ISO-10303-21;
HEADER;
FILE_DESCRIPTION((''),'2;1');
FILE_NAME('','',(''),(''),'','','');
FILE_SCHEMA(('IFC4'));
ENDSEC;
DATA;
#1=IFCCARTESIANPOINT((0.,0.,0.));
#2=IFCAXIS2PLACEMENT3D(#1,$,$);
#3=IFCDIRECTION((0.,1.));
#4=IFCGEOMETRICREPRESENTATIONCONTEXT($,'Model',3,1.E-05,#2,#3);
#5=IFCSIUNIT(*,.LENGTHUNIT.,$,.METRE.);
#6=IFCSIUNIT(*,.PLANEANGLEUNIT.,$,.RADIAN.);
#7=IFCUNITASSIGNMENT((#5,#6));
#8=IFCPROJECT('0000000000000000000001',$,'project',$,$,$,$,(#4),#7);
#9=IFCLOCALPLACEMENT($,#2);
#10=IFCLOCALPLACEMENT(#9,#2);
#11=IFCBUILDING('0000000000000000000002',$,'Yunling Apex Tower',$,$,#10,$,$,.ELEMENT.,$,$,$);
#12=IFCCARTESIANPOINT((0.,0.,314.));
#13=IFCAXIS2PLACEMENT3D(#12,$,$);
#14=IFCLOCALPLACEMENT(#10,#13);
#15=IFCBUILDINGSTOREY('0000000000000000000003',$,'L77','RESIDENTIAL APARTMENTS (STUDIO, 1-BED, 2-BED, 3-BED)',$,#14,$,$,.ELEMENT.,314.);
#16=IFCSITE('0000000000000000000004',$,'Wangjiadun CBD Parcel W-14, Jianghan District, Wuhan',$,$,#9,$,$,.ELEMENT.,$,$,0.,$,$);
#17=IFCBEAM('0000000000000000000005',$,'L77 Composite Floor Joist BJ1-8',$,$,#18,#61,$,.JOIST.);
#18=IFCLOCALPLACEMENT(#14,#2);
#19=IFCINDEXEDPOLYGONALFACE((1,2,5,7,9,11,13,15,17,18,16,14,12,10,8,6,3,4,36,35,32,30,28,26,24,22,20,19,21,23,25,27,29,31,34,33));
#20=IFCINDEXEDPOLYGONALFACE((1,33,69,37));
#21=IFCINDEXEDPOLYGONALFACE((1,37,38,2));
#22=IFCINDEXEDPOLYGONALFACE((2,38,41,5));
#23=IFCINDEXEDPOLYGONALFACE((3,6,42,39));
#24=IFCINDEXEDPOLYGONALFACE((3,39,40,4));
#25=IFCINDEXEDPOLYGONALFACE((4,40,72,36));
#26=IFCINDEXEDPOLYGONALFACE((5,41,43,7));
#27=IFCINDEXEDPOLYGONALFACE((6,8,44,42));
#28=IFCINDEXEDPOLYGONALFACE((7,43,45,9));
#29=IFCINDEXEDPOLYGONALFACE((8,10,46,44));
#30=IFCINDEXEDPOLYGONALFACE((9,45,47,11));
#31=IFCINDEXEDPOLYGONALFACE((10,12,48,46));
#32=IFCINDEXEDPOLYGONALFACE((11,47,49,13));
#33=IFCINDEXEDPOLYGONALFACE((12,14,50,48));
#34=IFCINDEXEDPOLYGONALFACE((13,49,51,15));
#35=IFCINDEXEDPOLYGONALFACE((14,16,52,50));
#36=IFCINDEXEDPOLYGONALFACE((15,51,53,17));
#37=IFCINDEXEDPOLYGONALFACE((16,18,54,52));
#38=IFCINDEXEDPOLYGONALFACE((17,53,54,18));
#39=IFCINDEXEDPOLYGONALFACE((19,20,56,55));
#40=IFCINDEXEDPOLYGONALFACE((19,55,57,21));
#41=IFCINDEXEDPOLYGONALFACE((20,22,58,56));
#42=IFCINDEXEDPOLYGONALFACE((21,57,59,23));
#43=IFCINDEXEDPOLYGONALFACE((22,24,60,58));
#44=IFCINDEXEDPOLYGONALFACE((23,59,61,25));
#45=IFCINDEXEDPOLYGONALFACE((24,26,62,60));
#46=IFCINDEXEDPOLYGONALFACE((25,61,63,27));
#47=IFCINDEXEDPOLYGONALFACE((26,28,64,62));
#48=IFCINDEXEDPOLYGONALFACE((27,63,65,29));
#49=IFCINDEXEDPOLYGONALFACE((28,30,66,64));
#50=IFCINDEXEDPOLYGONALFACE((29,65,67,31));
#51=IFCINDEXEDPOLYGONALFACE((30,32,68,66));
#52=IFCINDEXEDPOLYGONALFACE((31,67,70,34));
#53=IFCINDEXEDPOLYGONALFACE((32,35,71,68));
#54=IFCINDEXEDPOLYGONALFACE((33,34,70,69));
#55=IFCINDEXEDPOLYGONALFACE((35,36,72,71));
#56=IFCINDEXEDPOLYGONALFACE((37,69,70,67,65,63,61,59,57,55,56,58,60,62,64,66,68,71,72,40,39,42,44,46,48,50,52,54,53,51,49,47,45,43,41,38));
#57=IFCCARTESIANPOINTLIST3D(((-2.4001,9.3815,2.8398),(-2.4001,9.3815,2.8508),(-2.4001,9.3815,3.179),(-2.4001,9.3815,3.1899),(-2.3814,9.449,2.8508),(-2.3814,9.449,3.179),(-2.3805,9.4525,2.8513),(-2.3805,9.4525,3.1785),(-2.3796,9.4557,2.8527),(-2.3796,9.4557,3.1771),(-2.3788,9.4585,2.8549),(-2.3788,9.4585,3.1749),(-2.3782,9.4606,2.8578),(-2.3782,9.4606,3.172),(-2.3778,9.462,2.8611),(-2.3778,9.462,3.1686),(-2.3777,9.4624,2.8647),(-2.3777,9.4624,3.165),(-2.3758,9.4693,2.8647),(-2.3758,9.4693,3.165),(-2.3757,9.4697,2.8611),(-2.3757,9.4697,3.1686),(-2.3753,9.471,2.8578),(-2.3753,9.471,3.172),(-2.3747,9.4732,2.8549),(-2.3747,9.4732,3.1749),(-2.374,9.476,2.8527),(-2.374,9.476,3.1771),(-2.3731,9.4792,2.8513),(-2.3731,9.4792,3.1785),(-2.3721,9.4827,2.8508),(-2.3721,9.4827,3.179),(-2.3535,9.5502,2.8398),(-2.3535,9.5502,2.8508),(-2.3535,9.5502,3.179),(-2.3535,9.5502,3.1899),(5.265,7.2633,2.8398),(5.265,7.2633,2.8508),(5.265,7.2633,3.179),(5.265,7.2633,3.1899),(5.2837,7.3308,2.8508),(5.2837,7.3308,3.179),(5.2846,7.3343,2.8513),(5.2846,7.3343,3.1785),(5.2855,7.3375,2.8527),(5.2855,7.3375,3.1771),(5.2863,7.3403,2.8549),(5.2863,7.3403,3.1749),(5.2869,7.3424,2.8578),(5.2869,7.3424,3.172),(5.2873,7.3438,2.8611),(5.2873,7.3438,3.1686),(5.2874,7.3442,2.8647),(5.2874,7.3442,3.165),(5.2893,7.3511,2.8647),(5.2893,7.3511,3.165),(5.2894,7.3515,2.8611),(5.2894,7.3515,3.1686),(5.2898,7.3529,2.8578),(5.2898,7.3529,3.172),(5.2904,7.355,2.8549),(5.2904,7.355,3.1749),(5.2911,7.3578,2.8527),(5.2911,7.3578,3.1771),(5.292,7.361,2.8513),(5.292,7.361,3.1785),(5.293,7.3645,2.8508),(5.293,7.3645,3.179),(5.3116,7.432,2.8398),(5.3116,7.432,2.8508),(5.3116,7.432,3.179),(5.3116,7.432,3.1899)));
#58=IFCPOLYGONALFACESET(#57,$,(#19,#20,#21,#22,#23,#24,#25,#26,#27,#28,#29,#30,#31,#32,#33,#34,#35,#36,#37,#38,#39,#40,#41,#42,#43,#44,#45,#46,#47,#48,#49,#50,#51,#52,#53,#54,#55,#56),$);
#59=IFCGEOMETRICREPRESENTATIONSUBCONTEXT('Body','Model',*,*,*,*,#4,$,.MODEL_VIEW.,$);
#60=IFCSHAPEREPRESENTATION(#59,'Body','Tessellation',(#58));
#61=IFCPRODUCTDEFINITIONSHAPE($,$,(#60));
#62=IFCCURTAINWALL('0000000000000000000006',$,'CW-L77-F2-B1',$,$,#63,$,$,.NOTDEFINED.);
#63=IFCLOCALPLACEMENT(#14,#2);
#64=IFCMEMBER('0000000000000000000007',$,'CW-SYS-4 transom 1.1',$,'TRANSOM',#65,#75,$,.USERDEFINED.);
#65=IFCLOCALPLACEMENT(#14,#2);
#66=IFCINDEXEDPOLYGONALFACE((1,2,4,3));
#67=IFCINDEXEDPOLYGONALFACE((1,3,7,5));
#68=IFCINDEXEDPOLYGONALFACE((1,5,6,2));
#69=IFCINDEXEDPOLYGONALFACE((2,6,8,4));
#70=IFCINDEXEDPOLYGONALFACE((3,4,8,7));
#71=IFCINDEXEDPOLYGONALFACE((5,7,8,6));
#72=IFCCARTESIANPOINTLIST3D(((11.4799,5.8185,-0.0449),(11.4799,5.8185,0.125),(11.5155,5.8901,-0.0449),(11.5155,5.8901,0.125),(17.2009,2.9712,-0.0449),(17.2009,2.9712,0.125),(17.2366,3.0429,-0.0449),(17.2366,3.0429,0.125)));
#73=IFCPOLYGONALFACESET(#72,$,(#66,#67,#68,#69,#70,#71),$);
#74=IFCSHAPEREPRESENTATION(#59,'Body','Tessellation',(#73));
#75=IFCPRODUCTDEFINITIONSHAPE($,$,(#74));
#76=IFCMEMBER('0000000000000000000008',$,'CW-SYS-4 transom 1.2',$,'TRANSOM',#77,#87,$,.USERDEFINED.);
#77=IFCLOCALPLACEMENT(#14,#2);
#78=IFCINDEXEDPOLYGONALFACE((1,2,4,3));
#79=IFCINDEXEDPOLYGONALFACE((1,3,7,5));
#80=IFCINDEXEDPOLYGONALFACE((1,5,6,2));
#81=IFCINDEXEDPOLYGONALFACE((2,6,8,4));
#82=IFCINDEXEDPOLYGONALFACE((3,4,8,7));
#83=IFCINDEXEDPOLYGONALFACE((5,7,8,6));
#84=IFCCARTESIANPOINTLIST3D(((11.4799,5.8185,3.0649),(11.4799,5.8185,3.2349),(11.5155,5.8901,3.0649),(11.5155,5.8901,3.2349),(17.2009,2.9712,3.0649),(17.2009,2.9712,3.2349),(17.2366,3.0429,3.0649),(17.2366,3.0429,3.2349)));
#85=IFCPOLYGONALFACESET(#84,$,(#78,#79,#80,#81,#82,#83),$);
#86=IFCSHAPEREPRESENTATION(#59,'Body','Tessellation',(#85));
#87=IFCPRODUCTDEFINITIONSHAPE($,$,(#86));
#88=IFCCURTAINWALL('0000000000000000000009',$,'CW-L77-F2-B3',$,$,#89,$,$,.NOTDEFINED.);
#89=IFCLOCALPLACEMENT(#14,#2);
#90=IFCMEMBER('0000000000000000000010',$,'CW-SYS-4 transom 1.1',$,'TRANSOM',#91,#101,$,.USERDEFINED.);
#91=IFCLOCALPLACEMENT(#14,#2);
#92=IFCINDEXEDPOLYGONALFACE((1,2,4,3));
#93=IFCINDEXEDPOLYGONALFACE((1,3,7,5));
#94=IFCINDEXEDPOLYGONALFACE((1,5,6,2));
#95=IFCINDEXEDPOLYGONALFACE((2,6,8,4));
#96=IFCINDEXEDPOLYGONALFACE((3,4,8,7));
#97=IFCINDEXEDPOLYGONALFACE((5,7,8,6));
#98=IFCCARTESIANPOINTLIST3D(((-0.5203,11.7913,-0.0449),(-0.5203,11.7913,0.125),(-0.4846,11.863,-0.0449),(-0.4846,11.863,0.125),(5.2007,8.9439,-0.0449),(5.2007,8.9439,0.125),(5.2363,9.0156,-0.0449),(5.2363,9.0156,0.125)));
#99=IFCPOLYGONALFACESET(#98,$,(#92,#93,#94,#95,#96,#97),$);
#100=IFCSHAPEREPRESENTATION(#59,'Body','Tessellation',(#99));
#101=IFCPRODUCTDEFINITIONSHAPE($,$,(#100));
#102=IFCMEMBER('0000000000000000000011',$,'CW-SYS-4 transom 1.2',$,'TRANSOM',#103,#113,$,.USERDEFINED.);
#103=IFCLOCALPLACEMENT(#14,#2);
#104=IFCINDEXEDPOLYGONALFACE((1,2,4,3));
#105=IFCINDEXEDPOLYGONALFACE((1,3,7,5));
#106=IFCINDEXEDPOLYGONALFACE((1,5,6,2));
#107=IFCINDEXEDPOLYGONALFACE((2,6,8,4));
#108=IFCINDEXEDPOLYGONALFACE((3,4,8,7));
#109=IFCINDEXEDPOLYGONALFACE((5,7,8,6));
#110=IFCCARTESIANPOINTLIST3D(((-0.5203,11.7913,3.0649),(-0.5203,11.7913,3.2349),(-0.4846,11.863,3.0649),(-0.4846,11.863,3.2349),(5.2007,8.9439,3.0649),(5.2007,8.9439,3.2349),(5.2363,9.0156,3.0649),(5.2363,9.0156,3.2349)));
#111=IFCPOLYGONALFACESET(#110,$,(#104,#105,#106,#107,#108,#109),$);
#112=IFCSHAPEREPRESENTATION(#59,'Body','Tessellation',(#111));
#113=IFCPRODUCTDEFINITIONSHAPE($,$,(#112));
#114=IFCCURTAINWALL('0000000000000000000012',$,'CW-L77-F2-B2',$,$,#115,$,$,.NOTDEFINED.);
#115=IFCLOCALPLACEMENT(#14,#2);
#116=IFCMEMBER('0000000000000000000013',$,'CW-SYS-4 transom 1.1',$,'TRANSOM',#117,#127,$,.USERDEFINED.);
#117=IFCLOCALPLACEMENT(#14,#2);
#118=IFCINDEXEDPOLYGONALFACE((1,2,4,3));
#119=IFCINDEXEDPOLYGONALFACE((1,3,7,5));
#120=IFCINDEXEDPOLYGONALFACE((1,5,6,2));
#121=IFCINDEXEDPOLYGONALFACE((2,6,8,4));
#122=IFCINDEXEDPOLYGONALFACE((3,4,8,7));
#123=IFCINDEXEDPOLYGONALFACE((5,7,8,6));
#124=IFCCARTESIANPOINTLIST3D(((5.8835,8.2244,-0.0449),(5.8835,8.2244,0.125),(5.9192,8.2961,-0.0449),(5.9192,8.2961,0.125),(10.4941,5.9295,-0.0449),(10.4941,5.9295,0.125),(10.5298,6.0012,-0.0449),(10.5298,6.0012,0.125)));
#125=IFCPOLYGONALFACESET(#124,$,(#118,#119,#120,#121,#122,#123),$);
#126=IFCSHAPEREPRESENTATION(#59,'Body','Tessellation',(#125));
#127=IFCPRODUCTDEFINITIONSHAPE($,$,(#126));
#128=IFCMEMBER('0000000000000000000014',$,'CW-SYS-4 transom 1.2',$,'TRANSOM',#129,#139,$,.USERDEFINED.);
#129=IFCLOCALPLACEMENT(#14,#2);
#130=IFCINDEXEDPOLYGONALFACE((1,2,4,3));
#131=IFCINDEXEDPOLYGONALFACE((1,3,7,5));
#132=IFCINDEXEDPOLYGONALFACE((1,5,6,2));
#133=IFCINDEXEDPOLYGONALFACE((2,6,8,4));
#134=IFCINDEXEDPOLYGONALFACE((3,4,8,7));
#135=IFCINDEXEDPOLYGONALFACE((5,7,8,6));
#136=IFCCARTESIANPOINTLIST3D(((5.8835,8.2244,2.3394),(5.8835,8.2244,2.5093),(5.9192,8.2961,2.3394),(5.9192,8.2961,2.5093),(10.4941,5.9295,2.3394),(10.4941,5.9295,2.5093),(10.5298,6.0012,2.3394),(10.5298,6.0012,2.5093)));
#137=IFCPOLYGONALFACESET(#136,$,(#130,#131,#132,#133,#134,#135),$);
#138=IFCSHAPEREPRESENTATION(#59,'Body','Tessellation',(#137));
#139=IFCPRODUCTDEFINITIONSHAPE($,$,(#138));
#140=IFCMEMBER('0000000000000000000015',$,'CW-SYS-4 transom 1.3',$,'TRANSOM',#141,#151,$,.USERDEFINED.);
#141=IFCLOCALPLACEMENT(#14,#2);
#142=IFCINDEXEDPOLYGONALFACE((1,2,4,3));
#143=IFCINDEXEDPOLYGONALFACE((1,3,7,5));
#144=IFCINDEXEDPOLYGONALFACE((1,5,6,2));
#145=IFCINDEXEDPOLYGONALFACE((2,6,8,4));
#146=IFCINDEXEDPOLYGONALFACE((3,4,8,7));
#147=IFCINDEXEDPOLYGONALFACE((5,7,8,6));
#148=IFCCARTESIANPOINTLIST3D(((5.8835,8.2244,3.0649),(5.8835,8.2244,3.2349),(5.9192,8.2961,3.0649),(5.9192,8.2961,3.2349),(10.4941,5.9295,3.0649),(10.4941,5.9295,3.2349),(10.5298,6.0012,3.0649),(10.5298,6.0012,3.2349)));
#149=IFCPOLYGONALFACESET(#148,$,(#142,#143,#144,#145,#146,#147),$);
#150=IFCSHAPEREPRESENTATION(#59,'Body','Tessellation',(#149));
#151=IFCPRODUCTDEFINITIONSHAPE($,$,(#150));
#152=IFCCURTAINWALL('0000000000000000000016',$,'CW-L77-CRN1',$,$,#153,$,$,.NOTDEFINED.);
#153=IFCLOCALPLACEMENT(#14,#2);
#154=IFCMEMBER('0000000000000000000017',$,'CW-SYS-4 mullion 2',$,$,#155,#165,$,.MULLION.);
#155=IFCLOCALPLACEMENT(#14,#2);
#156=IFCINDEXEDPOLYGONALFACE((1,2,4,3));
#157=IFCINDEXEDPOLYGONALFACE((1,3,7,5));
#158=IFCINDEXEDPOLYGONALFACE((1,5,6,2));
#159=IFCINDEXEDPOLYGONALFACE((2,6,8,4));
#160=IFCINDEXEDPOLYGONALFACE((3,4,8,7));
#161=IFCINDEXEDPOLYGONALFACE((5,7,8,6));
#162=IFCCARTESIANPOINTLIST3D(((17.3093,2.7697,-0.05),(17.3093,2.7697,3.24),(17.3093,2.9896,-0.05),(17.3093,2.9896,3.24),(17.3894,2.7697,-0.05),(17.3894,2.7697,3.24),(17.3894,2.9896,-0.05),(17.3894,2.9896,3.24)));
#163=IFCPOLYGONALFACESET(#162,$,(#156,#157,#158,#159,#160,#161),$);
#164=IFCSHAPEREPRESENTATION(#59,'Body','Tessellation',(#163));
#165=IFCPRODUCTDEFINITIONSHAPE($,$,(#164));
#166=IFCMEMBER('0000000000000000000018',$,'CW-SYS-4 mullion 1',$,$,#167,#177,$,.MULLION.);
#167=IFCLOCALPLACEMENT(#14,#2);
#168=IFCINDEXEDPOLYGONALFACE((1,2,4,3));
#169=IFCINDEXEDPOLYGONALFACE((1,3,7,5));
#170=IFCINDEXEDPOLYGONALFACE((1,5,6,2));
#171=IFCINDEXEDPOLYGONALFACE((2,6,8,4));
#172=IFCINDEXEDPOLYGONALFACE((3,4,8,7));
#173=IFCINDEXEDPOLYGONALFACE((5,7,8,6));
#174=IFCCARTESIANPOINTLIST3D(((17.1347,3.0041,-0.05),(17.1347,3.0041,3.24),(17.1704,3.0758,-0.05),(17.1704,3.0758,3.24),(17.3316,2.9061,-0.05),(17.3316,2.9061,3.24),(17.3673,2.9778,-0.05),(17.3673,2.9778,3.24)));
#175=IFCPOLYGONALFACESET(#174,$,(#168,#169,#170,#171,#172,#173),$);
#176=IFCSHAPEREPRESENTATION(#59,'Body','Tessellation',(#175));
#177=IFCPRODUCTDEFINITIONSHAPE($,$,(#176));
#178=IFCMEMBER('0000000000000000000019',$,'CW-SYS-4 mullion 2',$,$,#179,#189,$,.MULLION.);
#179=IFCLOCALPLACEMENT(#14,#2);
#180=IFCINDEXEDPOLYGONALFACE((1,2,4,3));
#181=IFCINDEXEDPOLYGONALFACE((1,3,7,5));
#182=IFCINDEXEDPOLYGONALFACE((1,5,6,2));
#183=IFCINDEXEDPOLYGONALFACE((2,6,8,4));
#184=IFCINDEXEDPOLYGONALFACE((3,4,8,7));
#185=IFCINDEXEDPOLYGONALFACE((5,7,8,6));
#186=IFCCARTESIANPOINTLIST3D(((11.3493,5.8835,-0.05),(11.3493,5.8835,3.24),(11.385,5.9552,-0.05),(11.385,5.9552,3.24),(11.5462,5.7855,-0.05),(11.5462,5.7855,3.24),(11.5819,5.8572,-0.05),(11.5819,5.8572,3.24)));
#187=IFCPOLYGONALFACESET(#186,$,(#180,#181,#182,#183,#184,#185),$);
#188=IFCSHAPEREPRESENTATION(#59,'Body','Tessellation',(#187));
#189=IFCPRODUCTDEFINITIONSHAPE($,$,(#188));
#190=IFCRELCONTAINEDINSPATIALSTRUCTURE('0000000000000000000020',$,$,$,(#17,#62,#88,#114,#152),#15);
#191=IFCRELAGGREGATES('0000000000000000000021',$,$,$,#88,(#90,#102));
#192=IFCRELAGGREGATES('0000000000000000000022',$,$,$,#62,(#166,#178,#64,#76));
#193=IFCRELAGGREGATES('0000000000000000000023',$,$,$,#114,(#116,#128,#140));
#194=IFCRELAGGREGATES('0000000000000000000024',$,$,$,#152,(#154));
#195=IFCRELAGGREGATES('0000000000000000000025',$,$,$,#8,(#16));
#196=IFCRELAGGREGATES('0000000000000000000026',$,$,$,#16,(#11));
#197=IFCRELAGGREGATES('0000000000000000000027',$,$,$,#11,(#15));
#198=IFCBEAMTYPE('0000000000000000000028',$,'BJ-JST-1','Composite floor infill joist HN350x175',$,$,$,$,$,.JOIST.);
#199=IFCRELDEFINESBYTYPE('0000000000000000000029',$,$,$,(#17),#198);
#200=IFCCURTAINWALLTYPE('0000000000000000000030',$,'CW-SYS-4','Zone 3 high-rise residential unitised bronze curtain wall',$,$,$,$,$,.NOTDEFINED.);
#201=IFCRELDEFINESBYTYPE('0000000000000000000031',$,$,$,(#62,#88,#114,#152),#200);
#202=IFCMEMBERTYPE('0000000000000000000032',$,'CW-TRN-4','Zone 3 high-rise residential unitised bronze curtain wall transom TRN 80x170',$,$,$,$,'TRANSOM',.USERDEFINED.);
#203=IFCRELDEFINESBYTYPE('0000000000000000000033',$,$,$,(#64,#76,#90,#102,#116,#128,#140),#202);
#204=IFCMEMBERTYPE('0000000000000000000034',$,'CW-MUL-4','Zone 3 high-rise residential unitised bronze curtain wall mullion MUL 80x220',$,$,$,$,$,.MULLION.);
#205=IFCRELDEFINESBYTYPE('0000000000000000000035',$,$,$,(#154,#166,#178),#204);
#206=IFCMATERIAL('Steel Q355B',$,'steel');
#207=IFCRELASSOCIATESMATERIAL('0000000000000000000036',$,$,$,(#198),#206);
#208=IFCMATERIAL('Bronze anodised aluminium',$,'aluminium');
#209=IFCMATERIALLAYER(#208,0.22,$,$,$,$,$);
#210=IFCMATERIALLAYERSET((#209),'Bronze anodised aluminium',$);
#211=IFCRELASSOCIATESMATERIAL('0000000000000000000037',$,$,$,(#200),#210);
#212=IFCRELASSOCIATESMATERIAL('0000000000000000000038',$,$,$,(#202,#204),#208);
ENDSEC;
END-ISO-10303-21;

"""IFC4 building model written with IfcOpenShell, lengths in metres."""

from ifc_helpers import new_model, si_unit, direction, frame, origin, origin_2d, place, context, subcontext, project, spatial, rectangle, i_section, extrude, source, transform, mapped, material, layer, layer_set, material_profile, profile_set, type_object, element, aggregate, save


model = new_model("IFC4")

# Units and contexts
model_context = context("Model", 3, precision=1e-05, world=origin(), true_north=direction((0.0, 1.0)))
body_context = subcontext(model_context, "Body", "Model", "MODEL_VIEW")
ifc_project = project(units=[si_unit("LENGTHUNIT", "METRE"), si_unit("PLANEANGLEUNIT", "RADIAN")], contexts=[model_context])

# Site, building, storey
site_placement = place(None, origin())
site = spatial("IfcSite", under=ifc_project, at=site_placement, Name="Wangjiadun CBD Parcel W-14, Jianghan District, Wuhan", CompositionType="ELEMENT", RefElevation=0.0)
building_placement = place(site_placement, origin())
building = spatial("IfcBuilding", under=site, at=building_placement, Name="Yunling Apex Tower", CompositionType="ELEMENT")
storey_placement = place(building_placement, frame((0.0, 0.0, 314.0)))
storey = spatial("IfcBuildingStorey", under=building, at=storey_placement, Name="L77", Description="RESIDENTIAL APARTMENTS (STUDIO, 1-BED, 2-BED, 3-BED)", CompositionType="ELEMENT", Elevation=314.0)

# Shared definitions
ifc_material_1 = material(Name="Steel Q355B", Category="steel")

# Beam
ifc_material_profile_1 = material_profile(ifc_material_1, i_section(OverallWidth=0.175, OverallDepth=0.3501, WebThickness=0.0071, FlangeThickness=0.011, FilletRadius=0.0139, at=origin_2d()))
ifc_profile_set_1 = profile_set([ifc_material_profile_1], Name="Steel Q355B")
beam_type_1 = type_object("IfcBeamType", Name="BJ-JST-1", Description="Composite floor infill joist HN350x175", PredefinedType="JOIST", material=ifc_profile_set_1)
shared_shape_1 = source(origin(), body_context, "Body", "SweptSolid", [
    extrude(i_section(OverallWidth=0.175, OverallDepth=0.3501, WebThickness=0.0071, FlangeThickness=0.011, FilletRadius=0.0139, at=origin_2d()), origin(), (0.0, 0.0, 1.0), 7.9524),
])
beam_1_placement = place(storey_placement, frame((5.2883, 7.3477, 3.0149), z_axis=(-0.963874, 0.266358, 0.0), x_axis=(-0.266358, -0.963874, 0.0)))
element("IfcBeam", 1, at=beam_1_placement, inside=storey, type_object=beam_type_1, Name="L77 Composite Floor Joist BJ1-8", PredefinedType="JOIST", context=body_context, shape_type="MappedRepresentation", body=[
    mapped(shared_shape_1, transform((0.0, 0.0, 0.0), scale=1.0)),
])

# Curtain walls, members
ifc_material_2 = material(Name="Bronze anodised aluminium", Category="aluminium")
ifc_layer_1 = layer(ifc_material_2, 0.22)
ifc_layer_set_1 = layer_set([ifc_layer_1], Name="Bronze anodised aluminium")
curtain_wall_type = type_object("IfcCurtainWallType", Name="CW-SYS-4", Description="Zone 3 high-rise residential unitised bronze curtain wall", PredefinedType="NOTDEFINED", material=ifc_layer_set_1)
curtain_wall_1_placement = place(storey_placement, origin())
curtain_wall_1 = element("IfcCurtainWall", 2, at=curtain_wall_1_placement, inside=storey, type_object=curtain_wall_type, Name="CW-L77-F2-B1", PredefinedType="NOTDEFINED")
ifc_material_profile_2 = material_profile(ifc_material_2, rectangle(XDim=0.0801, YDim=0.1699, at=origin_2d()))
ifc_profile_set_2 = profile_set([ifc_material_profile_2], Name="Bronze anodised aluminium")
member_type_1 = type_object("IfcMemberType", Name="CW-TRN-4", Description="Zone 3 high-rise residential unitised bronze curtain wall transom TRN 80x170", ElementType="TRANSOM", PredefinedType="USERDEFINED", material=ifc_profile_set_2)
shared_shape_2 = source(origin(), body_context, "Body", "SweptSolid", [
    extrude(rectangle(XDim=0.0801, YDim=0.1699, at=origin_2d()), origin(), (0.0, 0.0, 1.0), 6.3904),
])
member_1_placement = place(storey_placement, frame((17.2188, 3.0071, 0.04), z_axis=(-0.895259, 0.445547, 0.0), x_axis=(-0.445547, -0.895259, 0.0)))
member_1 = element("IfcMember", 3, at=member_1_placement, type_object=member_type_1, Name="CW-SYS-4 transom 1.1", ObjectType="TRANSOM", PredefinedType="USERDEFINED", context=body_context, shape_type="MappedRepresentation", body=[
    mapped(shared_shape_2, transform((0.0, 0.0, 0.0), scale=1.0)),
])
member_2_placement = place(storey_placement, frame((17.2188, 3.0071, 3.1499), z_axis=(-0.895259, 0.445547, 0.0), x_axis=(-0.445547, -0.895259, 0.0)))
member_2 = element("IfcMember", 4, at=member_2_placement, type_object=member_type_1, Name="CW-SYS-4 transom 1.2", ObjectType="TRANSOM", PredefinedType="USERDEFINED", context=body_context, shape_type="MappedRepresentation", body=[
    mapped(shared_shape_2, transform((0.0, 0.0, 0.0), scale=1.0)),
])
curtain_wall_2_placement = place(storey_placement, origin())
curtain_wall_2 = element("IfcCurtainWall", 5, at=curtain_wall_2_placement, inside=storey, type_object=curtain_wall_type, Name="CW-L77-F2-B3", PredefinedType="NOTDEFINED")
member_3_placement = place(storey_placement, frame((5.2185, 8.9797, 0.04), z_axis=(-0.895243, 0.445578, 0.0), x_axis=(-0.445578, -0.895243, 0.0)))
member_3 = element("IfcMember", 6, at=member_3_placement, type_object=member_type_1, Name="CW-SYS-4 transom 1.1", ObjectType="TRANSOM", PredefinedType="USERDEFINED", context=body_context, shape_type="MappedRepresentation", body=[
    mapped(shared_shape_2, transform((0.0, 0.0, 0.0), scale=1.0)),
])
member_4_placement = place(storey_placement, frame((5.2185, 8.9797, 3.1499), z_axis=(-0.895243, 0.445578, 0.0), x_axis=(-0.445578, -0.895243, 0.0)))
member_4 = element("IfcMember", 7, at=member_4_placement, type_object=member_type_1, Name="CW-SYS-4 transom 1.2", ObjectType="TRANSOM", PredefinedType="USERDEFINED", context=body_context, shape_type="MappedRepresentation", body=[
    mapped(shared_shape_2, transform((0.0, 0.0, 0.0), scale=1.0)),
])
curtain_wall_3_placement = place(storey_placement, origin())
curtain_wall_3 = element("IfcCurtainWall", 8, at=curtain_wall_3_placement, inside=storey, type_object=curtain_wall_type, Name="CW-L77-F2-B2", PredefinedType="NOTDEFINED")
shared_shape_3 = source(origin(), body_context, "Body", "SweptSolid", [
    extrude(rectangle(XDim=0.0801, YDim=0.1699, at=origin_2d()), origin(), (0.0, 0.0, 1.0), 5.1501),
])
member_5_placement = place(storey_placement, frame((10.512, 5.9653, 0.04), z_axis=(-0.895232, 0.445601, 0.0), x_axis=(-0.445601, -0.895232, 0.0)))
member_5 = element("IfcMember", 9, at=member_5_placement, type_object=member_type_1, Name="CW-SYS-4 transom 1.1", ObjectType="TRANSOM", PredefinedType="USERDEFINED", context=body_context, shape_type="MappedRepresentation", body=[
    mapped(shared_shape_3, transform((0.0, 0.0, 0.0), scale=1.0)),
])
member_6_placement = place(storey_placement, frame((10.512, 5.9653, 2.4243), z_axis=(-0.895232, 0.445601, 0.0), x_axis=(-0.445601, -0.895232, 0.0)))
member_6 = element("IfcMember", 10, at=member_6_placement, type_object=member_type_1, Name="CW-SYS-4 transom 1.2", ObjectType="TRANSOM", PredefinedType="USERDEFINED", context=body_context, shape_type="MappedRepresentation", body=[
    mapped(shared_shape_3, transform((0.0, 0.0, 0.0), scale=1.0)),
])
member_7_placement = place(storey_placement, frame((10.512, 5.9653, 3.1499), z_axis=(-0.895232, 0.445601, 0.0), x_axis=(-0.445601, -0.895232, 0.0)))
member_7 = element("IfcMember", 11, at=member_7_placement, type_object=member_type_1, Name="CW-SYS-4 transom 1.3", ObjectType="TRANSOM", PredefinedType="USERDEFINED", context=body_context, shape_type="MappedRepresentation", body=[
    mapped(shared_shape_3, transform((0.0, 0.0, 0.0), scale=1.0)),
])

# Curtain wall, member
curtain_wall_4_placement = place(storey_placement, origin())
curtain_wall_4 = element("IfcCurtainWall", 12, at=curtain_wall_4_placement, inside=storey, type_object=curtain_wall_type, Name="CW-L77-CRN1", PredefinedType="NOTDEFINED")
ifc_material_profile_3 = material_profile(ifc_material_2, rectangle(XDim=0.0801, YDim=0.22, at=origin_2d()))
ifc_profile_set_3 = profile_set([ifc_material_profile_3], Name="Bronze anodised aluminium")
member_type_2 = type_object("IfcMemberType", Name="CW-MUL-4", Description="Zone 3 high-rise residential unitised bronze curtain wall mullion MUL 80x220", PredefinedType="MULLION", material=ifc_profile_set_3)
shared_shape_4 = source(origin(), body_context, "Body", "SweptSolid", [
    extrude(rectangle(XDim=0.0801, YDim=0.22, at=origin_2d()), origin(), (0.0, 0.0, 1.0), 3.29),
])
member_8_placement = place(storey_placement, frame((17.3494, 2.8796, -0.05), z_axis=(0.0, 0.0, 1.0), x_axis=(-1.0, 0.0, 0.0)))
member_8 = element("IfcMember", 13, at=member_8_placement, type_object=member_type_2, Name="CW-SYS-4 mullion 2", PredefinedType="MULLION", context=body_context, shape_type="MappedRepresentation", body=[
    mapped(shared_shape_4, transform((0.0, 0.0, 0.0), scale=1.0)),
])

# Members
member_9_placement = place(storey_placement, frame((17.251, 2.991, -0.05), z_axis=(0.0, 0.0, 1.0), x_axis=(-0.445568, -0.895248, 0.0)))
member_9 = element("IfcMember", 14, at=member_9_placement, type_object=member_type_2, Name="CW-SYS-4 mullion 1", PredefinedType="MULLION", context=body_context, shape_type="MappedRepresentation", body=[
    mapped(shared_shape_4, transform((0.0, 0.0, 0.0), scale=1.0)),
])
member_10_placement = place(storey_placement, frame((11.4656, 5.8704, -0.05), z_axis=(0.0, 0.0, 1.0), x_axis=(-0.445568, -0.895248, 0.0)))
member_10 = element("IfcMember", 15, at=member_10_placement, type_object=member_type_2, Name="CW-SYS-4 mullion 2", PredefinedType="MULLION", context=body_context, shape_type="MappedRepresentation", body=[
    mapped(shared_shape_4, transform((0.0, 0.0, 0.0), scale=1.0)),
])
aggregate(curtain_wall_2, [member_3, member_4])

aggregate(curtain_wall_1, [member_9, member_10, member_1, member_2])
aggregate(curtain_wall_3, [member_5, member_6, member_7])
aggregate(curtain_wall_4, [member_8])

save(model, "model.ifc")
